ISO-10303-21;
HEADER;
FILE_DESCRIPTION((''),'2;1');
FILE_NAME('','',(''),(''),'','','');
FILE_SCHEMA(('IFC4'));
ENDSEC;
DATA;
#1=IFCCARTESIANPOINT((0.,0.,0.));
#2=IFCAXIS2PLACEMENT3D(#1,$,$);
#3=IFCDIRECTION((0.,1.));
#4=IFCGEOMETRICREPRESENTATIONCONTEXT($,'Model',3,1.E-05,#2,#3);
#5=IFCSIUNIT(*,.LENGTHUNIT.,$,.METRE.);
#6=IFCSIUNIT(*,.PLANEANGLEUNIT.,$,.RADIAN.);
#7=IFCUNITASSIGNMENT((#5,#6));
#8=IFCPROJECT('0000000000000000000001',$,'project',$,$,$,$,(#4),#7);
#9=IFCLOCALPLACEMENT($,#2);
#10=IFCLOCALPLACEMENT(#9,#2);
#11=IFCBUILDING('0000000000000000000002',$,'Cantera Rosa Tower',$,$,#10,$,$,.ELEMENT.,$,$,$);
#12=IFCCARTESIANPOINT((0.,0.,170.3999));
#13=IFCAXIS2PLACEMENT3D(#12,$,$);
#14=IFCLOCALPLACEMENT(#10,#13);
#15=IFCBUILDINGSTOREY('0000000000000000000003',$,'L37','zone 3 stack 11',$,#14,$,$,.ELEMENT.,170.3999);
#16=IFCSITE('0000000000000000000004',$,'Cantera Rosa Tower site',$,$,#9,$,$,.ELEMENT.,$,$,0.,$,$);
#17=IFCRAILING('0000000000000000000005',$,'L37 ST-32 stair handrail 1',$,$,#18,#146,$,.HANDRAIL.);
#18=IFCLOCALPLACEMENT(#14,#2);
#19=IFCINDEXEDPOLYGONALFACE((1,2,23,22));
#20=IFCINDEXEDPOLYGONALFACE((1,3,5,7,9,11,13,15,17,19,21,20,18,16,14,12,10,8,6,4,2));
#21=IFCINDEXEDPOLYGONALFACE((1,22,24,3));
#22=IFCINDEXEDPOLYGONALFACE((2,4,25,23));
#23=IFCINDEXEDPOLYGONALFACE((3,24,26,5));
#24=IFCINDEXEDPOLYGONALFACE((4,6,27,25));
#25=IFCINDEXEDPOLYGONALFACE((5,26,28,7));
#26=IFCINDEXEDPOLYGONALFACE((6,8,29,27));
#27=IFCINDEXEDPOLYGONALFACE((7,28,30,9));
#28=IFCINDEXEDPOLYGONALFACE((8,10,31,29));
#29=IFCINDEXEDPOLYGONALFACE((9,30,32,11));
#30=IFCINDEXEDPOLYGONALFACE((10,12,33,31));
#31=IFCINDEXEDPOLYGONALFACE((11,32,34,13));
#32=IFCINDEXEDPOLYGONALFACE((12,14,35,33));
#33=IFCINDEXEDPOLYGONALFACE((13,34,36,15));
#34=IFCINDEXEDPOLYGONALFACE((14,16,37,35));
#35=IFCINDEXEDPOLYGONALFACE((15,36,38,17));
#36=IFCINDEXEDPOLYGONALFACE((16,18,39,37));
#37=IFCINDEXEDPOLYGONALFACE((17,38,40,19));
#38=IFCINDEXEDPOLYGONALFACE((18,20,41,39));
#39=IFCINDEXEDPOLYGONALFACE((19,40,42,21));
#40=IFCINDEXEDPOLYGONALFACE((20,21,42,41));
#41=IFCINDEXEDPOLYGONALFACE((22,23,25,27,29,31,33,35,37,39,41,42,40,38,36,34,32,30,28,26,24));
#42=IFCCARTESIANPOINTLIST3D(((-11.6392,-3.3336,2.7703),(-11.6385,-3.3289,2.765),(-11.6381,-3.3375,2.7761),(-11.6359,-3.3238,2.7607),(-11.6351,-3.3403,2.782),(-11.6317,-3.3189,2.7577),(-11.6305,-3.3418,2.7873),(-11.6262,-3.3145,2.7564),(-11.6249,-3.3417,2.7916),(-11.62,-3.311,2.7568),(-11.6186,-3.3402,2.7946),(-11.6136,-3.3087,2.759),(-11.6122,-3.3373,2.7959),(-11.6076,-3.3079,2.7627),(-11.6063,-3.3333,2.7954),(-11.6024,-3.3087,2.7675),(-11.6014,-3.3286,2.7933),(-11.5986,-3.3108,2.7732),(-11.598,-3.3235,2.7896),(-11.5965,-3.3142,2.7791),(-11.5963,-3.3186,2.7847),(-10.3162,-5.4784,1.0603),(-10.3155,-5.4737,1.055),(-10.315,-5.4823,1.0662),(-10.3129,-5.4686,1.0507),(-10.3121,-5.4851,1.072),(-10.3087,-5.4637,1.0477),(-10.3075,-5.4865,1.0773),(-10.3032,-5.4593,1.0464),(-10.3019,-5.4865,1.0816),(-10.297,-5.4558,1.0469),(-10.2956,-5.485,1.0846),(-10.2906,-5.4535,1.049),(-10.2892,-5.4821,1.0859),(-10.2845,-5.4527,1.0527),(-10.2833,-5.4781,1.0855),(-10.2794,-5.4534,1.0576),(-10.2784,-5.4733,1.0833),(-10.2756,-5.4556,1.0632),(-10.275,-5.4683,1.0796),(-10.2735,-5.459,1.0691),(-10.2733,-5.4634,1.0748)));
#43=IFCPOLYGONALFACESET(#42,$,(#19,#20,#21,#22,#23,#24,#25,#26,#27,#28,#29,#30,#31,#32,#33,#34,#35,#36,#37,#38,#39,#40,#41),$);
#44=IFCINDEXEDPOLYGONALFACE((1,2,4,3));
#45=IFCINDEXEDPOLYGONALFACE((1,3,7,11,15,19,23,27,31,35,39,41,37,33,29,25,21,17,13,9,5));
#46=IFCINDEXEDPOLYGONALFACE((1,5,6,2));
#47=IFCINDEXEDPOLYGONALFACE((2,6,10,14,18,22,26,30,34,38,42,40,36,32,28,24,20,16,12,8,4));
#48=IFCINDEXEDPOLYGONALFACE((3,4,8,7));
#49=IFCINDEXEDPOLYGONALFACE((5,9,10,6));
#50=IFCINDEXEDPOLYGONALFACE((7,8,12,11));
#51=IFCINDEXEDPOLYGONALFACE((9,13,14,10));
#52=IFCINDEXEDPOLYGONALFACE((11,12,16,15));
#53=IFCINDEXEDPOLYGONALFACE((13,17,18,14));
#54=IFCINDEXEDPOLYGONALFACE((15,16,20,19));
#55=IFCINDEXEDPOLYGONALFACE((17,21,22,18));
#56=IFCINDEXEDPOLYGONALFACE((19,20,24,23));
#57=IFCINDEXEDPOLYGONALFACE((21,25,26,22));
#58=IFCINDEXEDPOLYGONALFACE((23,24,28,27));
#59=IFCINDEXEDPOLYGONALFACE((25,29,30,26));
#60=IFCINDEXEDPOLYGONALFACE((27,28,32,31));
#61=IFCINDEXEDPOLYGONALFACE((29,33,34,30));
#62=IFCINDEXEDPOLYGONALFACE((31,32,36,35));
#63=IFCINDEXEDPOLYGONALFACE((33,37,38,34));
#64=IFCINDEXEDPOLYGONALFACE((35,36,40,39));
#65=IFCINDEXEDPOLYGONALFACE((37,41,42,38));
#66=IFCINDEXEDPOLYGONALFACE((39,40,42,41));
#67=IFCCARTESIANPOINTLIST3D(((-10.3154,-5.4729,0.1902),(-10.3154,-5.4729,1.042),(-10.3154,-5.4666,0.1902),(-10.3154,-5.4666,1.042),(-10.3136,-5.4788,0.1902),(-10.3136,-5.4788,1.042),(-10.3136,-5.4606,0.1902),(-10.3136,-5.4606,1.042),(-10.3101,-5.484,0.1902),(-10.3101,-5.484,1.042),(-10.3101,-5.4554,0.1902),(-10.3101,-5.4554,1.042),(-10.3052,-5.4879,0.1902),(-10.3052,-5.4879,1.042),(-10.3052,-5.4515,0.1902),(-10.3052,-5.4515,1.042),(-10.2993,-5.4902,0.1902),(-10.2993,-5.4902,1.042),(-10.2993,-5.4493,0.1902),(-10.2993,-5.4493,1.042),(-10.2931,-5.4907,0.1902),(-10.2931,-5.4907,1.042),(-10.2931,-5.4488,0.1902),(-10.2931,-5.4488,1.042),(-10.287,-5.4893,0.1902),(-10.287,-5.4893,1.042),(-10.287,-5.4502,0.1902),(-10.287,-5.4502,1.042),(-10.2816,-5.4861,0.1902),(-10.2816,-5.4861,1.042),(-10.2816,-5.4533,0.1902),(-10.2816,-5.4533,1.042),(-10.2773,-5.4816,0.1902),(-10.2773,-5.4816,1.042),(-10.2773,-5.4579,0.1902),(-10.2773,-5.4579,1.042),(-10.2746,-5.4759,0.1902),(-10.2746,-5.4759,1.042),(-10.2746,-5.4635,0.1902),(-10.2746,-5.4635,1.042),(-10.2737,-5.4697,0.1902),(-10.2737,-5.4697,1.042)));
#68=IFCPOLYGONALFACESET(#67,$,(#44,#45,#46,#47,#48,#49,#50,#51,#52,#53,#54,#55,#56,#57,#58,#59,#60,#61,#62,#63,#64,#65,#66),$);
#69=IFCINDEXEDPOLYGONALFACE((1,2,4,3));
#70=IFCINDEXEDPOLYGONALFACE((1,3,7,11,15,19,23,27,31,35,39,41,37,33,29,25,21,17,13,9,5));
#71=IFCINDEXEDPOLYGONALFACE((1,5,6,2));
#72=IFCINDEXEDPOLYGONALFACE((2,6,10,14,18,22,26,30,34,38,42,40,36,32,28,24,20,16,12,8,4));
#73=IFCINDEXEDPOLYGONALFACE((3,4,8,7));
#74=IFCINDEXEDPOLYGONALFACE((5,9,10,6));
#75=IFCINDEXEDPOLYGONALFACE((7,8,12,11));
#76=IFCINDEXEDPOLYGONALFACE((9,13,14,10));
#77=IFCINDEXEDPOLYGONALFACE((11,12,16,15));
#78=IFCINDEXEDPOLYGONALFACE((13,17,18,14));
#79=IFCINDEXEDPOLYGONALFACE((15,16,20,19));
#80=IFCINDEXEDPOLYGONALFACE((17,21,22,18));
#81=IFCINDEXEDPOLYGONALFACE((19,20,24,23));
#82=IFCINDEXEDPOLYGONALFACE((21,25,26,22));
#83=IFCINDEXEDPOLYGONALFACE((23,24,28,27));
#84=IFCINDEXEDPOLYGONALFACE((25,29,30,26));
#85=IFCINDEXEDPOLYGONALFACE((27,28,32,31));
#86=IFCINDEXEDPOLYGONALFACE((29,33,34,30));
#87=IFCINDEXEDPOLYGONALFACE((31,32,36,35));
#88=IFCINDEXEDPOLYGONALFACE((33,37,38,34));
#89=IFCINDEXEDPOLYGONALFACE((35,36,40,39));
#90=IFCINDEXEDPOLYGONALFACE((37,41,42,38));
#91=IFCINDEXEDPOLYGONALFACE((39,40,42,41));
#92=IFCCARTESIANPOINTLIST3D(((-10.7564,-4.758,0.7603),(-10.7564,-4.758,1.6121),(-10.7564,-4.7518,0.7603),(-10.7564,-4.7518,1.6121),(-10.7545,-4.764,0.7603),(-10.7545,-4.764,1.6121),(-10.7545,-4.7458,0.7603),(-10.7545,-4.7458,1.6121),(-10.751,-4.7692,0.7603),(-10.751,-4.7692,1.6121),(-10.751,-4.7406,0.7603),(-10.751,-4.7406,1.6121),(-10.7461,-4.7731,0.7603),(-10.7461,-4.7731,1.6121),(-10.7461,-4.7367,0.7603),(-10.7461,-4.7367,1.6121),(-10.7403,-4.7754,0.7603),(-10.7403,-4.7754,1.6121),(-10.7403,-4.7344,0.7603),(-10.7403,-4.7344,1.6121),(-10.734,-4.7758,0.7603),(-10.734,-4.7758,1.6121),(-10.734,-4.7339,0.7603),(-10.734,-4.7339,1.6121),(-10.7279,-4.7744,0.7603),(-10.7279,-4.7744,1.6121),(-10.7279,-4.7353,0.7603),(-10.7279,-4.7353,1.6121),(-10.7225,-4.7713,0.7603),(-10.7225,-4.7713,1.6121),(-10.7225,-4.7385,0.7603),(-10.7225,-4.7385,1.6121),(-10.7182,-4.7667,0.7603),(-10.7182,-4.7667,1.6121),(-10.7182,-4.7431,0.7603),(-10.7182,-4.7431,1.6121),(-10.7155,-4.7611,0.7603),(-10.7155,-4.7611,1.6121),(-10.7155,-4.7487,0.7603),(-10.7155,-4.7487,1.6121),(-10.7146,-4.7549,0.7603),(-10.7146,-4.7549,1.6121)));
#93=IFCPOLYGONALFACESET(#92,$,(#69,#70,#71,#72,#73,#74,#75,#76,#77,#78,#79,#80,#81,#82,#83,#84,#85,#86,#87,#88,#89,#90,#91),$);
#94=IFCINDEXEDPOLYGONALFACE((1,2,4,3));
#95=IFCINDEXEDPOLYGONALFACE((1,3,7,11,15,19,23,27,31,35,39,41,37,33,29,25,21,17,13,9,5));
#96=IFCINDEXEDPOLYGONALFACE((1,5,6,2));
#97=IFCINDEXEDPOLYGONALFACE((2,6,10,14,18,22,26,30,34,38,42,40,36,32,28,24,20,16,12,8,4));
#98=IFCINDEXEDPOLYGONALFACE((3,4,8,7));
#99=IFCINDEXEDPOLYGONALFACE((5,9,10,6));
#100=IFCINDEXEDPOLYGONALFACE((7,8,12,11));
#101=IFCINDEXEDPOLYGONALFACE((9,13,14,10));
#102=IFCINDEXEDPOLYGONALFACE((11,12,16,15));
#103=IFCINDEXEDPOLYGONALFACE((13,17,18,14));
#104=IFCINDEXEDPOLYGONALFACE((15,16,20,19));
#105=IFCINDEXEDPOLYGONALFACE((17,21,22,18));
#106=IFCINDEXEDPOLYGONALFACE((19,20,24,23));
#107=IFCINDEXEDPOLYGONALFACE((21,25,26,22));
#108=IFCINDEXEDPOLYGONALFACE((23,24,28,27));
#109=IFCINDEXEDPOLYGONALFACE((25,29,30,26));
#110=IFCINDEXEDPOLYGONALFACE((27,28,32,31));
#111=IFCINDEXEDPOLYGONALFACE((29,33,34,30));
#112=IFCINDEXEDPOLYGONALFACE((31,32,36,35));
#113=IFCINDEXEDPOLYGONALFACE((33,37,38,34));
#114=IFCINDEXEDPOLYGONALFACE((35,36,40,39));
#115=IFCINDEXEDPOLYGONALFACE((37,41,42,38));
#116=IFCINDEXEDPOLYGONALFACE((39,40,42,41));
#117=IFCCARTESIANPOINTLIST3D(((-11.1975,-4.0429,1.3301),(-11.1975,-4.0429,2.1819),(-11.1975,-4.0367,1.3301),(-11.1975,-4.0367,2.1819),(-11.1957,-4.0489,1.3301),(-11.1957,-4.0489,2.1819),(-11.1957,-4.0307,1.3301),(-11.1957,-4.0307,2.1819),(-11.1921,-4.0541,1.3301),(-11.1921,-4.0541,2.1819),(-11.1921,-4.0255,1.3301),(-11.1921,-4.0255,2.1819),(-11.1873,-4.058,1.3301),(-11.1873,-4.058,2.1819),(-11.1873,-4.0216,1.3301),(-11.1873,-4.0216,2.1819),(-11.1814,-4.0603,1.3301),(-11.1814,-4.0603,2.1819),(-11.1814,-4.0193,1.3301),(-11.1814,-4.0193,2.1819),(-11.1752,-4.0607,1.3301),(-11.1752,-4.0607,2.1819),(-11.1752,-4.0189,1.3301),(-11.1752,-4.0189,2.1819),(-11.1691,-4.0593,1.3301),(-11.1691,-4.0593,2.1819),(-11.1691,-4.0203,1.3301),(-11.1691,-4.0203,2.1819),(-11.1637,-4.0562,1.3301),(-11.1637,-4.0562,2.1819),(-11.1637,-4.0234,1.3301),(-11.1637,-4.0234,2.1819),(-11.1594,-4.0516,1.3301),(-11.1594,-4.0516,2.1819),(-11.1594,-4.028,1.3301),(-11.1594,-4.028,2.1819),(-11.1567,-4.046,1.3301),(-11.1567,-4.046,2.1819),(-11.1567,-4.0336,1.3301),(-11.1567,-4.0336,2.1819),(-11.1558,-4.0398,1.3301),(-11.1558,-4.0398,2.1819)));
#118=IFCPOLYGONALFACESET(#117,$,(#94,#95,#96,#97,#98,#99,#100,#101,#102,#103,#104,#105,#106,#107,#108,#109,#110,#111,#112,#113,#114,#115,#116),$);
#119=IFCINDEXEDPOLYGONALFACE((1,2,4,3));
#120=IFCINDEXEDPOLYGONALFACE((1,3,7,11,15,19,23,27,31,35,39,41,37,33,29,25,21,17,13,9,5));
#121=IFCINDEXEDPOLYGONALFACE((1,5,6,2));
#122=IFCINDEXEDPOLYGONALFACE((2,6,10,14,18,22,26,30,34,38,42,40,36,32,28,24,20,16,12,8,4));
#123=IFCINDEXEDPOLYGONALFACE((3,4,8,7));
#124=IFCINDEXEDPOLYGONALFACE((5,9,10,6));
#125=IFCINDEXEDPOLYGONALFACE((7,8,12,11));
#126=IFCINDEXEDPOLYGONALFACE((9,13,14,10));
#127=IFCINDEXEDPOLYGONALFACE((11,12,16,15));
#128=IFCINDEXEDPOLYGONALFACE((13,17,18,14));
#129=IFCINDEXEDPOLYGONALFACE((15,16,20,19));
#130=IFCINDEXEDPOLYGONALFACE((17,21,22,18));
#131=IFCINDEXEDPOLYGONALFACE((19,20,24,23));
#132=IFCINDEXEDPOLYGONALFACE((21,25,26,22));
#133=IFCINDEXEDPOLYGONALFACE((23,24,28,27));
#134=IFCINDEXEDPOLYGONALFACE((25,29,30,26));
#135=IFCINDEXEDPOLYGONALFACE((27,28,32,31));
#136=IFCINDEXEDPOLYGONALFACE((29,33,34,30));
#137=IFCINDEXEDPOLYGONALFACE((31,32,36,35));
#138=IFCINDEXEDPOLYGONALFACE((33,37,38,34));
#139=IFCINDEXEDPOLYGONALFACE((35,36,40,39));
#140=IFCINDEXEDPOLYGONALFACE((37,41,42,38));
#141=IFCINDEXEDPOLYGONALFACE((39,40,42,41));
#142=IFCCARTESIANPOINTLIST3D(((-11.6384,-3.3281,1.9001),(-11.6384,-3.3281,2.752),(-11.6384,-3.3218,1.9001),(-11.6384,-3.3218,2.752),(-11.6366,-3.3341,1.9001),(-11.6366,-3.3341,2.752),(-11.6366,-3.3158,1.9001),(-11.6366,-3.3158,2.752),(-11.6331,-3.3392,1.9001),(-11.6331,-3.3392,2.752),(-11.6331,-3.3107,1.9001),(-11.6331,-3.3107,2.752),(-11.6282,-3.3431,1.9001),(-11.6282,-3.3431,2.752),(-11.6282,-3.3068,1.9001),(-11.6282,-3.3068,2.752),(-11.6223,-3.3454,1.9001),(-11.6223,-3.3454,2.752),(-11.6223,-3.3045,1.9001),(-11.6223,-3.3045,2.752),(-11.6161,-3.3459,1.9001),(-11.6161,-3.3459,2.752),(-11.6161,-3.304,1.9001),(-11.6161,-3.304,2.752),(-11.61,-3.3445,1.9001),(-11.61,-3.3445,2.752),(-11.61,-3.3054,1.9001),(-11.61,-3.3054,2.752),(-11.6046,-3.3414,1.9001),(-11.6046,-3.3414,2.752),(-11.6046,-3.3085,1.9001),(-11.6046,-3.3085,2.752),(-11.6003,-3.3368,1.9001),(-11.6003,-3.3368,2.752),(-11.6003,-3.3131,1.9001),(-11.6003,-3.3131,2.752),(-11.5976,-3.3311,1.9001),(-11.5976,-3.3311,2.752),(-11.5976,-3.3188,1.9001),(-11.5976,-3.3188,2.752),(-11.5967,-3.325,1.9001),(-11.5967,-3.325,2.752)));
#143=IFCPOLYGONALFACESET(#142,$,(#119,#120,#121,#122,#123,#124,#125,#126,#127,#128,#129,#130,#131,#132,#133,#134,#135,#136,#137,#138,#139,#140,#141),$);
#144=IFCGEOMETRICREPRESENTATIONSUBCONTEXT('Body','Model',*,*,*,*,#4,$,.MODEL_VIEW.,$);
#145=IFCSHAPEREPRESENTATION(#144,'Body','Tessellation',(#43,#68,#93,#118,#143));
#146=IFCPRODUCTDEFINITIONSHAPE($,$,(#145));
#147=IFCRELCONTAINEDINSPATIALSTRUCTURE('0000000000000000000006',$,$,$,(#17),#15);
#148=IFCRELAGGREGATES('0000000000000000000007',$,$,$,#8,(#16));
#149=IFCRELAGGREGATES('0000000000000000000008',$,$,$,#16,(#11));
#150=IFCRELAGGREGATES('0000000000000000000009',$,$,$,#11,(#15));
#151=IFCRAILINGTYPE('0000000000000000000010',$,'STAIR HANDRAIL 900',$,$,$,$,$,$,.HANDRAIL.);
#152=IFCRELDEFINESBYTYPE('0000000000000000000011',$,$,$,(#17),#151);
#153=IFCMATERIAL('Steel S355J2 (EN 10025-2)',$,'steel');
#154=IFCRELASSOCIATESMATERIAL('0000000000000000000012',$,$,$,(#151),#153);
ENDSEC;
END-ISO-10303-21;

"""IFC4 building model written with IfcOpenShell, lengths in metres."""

from ifc_helpers import new_model, si_unit, direction, frame, origin, origin_2d, place, context, subcontext, project, spatial, circle, extrude, material, type_object, element, save


model = new_model("IFC4")

# Units and contexts
model_context = context("Model", 3, precision=1e-05, world=origin(), true_north=direction((0.0, 1.0)))
body_context = subcontext(model_context, "Body", "Model", "MODEL_VIEW")
ifc_project = project(units=[si_unit("LENGTHUNIT", "METRE"), si_unit("PLANEANGLEUNIT", "RADIAN")], contexts=[model_context])

# Site, building, storey
site_placement = place(None, origin())
site = spatial("IfcSite", under=ifc_project, at=site_placement, Name="Cantera Rosa Tower site", CompositionType="ELEMENT", RefElevation=0.0)
building_placement = place(site_placement, origin())
building = spatial("IfcBuilding", under=site, at=building_placement, Name="Cantera Rosa Tower", CompositionType="ELEMENT")
storey_placement = place(building_placement, frame((0.0, 0.0, 170.3999)))
storey = spatial("IfcBuildingStorey", under=building, at=storey_placement, Name="L37", Description="zone 3 stack 11", CompositionType="ELEMENT", Elevation=170.3999)

# Railing
ifc_material_1 = material(Name="Steel S355J2 (EN 10025-2)", Category="steel")
railing_type_1 = type_object("IfcRailingType", Name="STAIR HANDRAIL 900", PredefinedType="HANDRAIL", material=ifc_material_1)
railing_1_placement = place(storey_placement, frame((-10.2947, -5.4697, 0.1902)))
element("IfcRailing", 1, at=railing_1_placement, inside=storey, type_object=railing_type_1, Name="L37 ST-32 stair handrail 1", PredefinedType="HANDRAIL", context=body_context, shape_type="SweptSolid", body=[
    extrude(circle(Radius=0.0239, at=origin_2d()), frame((0.0, 0.0, 0.876), z_axis=(-0.434428, 0.704271, 0.561493), x_axis=(-0.851102, -0.525, 0.0)), (0.0, 0.0, 1.0), 3.0454),
    extrude(circle(Radius=0.021, at=origin_2d()), origin(), (0.0, 0.0, 1.0), 0.8518),
    extrude(circle(Radius=0.021, at=origin_2d()), frame((-0.4409, 0.7148, 0.5701)), (0.0, 0.0, 1.0), 0.8518),
    extrude(circle(Radius=0.021, at=origin_2d()), frame((-0.8821, 1.4299, 1.1399)), (0.0, 0.0, 1.0), 0.8518),
    extrude(circle(Radius=0.021, at=origin_2d()), frame((-1.323, 2.1448, 1.71)), (0.0, 0.0, 1.0), 0.8518),
])

save(model, "model.ifc")
